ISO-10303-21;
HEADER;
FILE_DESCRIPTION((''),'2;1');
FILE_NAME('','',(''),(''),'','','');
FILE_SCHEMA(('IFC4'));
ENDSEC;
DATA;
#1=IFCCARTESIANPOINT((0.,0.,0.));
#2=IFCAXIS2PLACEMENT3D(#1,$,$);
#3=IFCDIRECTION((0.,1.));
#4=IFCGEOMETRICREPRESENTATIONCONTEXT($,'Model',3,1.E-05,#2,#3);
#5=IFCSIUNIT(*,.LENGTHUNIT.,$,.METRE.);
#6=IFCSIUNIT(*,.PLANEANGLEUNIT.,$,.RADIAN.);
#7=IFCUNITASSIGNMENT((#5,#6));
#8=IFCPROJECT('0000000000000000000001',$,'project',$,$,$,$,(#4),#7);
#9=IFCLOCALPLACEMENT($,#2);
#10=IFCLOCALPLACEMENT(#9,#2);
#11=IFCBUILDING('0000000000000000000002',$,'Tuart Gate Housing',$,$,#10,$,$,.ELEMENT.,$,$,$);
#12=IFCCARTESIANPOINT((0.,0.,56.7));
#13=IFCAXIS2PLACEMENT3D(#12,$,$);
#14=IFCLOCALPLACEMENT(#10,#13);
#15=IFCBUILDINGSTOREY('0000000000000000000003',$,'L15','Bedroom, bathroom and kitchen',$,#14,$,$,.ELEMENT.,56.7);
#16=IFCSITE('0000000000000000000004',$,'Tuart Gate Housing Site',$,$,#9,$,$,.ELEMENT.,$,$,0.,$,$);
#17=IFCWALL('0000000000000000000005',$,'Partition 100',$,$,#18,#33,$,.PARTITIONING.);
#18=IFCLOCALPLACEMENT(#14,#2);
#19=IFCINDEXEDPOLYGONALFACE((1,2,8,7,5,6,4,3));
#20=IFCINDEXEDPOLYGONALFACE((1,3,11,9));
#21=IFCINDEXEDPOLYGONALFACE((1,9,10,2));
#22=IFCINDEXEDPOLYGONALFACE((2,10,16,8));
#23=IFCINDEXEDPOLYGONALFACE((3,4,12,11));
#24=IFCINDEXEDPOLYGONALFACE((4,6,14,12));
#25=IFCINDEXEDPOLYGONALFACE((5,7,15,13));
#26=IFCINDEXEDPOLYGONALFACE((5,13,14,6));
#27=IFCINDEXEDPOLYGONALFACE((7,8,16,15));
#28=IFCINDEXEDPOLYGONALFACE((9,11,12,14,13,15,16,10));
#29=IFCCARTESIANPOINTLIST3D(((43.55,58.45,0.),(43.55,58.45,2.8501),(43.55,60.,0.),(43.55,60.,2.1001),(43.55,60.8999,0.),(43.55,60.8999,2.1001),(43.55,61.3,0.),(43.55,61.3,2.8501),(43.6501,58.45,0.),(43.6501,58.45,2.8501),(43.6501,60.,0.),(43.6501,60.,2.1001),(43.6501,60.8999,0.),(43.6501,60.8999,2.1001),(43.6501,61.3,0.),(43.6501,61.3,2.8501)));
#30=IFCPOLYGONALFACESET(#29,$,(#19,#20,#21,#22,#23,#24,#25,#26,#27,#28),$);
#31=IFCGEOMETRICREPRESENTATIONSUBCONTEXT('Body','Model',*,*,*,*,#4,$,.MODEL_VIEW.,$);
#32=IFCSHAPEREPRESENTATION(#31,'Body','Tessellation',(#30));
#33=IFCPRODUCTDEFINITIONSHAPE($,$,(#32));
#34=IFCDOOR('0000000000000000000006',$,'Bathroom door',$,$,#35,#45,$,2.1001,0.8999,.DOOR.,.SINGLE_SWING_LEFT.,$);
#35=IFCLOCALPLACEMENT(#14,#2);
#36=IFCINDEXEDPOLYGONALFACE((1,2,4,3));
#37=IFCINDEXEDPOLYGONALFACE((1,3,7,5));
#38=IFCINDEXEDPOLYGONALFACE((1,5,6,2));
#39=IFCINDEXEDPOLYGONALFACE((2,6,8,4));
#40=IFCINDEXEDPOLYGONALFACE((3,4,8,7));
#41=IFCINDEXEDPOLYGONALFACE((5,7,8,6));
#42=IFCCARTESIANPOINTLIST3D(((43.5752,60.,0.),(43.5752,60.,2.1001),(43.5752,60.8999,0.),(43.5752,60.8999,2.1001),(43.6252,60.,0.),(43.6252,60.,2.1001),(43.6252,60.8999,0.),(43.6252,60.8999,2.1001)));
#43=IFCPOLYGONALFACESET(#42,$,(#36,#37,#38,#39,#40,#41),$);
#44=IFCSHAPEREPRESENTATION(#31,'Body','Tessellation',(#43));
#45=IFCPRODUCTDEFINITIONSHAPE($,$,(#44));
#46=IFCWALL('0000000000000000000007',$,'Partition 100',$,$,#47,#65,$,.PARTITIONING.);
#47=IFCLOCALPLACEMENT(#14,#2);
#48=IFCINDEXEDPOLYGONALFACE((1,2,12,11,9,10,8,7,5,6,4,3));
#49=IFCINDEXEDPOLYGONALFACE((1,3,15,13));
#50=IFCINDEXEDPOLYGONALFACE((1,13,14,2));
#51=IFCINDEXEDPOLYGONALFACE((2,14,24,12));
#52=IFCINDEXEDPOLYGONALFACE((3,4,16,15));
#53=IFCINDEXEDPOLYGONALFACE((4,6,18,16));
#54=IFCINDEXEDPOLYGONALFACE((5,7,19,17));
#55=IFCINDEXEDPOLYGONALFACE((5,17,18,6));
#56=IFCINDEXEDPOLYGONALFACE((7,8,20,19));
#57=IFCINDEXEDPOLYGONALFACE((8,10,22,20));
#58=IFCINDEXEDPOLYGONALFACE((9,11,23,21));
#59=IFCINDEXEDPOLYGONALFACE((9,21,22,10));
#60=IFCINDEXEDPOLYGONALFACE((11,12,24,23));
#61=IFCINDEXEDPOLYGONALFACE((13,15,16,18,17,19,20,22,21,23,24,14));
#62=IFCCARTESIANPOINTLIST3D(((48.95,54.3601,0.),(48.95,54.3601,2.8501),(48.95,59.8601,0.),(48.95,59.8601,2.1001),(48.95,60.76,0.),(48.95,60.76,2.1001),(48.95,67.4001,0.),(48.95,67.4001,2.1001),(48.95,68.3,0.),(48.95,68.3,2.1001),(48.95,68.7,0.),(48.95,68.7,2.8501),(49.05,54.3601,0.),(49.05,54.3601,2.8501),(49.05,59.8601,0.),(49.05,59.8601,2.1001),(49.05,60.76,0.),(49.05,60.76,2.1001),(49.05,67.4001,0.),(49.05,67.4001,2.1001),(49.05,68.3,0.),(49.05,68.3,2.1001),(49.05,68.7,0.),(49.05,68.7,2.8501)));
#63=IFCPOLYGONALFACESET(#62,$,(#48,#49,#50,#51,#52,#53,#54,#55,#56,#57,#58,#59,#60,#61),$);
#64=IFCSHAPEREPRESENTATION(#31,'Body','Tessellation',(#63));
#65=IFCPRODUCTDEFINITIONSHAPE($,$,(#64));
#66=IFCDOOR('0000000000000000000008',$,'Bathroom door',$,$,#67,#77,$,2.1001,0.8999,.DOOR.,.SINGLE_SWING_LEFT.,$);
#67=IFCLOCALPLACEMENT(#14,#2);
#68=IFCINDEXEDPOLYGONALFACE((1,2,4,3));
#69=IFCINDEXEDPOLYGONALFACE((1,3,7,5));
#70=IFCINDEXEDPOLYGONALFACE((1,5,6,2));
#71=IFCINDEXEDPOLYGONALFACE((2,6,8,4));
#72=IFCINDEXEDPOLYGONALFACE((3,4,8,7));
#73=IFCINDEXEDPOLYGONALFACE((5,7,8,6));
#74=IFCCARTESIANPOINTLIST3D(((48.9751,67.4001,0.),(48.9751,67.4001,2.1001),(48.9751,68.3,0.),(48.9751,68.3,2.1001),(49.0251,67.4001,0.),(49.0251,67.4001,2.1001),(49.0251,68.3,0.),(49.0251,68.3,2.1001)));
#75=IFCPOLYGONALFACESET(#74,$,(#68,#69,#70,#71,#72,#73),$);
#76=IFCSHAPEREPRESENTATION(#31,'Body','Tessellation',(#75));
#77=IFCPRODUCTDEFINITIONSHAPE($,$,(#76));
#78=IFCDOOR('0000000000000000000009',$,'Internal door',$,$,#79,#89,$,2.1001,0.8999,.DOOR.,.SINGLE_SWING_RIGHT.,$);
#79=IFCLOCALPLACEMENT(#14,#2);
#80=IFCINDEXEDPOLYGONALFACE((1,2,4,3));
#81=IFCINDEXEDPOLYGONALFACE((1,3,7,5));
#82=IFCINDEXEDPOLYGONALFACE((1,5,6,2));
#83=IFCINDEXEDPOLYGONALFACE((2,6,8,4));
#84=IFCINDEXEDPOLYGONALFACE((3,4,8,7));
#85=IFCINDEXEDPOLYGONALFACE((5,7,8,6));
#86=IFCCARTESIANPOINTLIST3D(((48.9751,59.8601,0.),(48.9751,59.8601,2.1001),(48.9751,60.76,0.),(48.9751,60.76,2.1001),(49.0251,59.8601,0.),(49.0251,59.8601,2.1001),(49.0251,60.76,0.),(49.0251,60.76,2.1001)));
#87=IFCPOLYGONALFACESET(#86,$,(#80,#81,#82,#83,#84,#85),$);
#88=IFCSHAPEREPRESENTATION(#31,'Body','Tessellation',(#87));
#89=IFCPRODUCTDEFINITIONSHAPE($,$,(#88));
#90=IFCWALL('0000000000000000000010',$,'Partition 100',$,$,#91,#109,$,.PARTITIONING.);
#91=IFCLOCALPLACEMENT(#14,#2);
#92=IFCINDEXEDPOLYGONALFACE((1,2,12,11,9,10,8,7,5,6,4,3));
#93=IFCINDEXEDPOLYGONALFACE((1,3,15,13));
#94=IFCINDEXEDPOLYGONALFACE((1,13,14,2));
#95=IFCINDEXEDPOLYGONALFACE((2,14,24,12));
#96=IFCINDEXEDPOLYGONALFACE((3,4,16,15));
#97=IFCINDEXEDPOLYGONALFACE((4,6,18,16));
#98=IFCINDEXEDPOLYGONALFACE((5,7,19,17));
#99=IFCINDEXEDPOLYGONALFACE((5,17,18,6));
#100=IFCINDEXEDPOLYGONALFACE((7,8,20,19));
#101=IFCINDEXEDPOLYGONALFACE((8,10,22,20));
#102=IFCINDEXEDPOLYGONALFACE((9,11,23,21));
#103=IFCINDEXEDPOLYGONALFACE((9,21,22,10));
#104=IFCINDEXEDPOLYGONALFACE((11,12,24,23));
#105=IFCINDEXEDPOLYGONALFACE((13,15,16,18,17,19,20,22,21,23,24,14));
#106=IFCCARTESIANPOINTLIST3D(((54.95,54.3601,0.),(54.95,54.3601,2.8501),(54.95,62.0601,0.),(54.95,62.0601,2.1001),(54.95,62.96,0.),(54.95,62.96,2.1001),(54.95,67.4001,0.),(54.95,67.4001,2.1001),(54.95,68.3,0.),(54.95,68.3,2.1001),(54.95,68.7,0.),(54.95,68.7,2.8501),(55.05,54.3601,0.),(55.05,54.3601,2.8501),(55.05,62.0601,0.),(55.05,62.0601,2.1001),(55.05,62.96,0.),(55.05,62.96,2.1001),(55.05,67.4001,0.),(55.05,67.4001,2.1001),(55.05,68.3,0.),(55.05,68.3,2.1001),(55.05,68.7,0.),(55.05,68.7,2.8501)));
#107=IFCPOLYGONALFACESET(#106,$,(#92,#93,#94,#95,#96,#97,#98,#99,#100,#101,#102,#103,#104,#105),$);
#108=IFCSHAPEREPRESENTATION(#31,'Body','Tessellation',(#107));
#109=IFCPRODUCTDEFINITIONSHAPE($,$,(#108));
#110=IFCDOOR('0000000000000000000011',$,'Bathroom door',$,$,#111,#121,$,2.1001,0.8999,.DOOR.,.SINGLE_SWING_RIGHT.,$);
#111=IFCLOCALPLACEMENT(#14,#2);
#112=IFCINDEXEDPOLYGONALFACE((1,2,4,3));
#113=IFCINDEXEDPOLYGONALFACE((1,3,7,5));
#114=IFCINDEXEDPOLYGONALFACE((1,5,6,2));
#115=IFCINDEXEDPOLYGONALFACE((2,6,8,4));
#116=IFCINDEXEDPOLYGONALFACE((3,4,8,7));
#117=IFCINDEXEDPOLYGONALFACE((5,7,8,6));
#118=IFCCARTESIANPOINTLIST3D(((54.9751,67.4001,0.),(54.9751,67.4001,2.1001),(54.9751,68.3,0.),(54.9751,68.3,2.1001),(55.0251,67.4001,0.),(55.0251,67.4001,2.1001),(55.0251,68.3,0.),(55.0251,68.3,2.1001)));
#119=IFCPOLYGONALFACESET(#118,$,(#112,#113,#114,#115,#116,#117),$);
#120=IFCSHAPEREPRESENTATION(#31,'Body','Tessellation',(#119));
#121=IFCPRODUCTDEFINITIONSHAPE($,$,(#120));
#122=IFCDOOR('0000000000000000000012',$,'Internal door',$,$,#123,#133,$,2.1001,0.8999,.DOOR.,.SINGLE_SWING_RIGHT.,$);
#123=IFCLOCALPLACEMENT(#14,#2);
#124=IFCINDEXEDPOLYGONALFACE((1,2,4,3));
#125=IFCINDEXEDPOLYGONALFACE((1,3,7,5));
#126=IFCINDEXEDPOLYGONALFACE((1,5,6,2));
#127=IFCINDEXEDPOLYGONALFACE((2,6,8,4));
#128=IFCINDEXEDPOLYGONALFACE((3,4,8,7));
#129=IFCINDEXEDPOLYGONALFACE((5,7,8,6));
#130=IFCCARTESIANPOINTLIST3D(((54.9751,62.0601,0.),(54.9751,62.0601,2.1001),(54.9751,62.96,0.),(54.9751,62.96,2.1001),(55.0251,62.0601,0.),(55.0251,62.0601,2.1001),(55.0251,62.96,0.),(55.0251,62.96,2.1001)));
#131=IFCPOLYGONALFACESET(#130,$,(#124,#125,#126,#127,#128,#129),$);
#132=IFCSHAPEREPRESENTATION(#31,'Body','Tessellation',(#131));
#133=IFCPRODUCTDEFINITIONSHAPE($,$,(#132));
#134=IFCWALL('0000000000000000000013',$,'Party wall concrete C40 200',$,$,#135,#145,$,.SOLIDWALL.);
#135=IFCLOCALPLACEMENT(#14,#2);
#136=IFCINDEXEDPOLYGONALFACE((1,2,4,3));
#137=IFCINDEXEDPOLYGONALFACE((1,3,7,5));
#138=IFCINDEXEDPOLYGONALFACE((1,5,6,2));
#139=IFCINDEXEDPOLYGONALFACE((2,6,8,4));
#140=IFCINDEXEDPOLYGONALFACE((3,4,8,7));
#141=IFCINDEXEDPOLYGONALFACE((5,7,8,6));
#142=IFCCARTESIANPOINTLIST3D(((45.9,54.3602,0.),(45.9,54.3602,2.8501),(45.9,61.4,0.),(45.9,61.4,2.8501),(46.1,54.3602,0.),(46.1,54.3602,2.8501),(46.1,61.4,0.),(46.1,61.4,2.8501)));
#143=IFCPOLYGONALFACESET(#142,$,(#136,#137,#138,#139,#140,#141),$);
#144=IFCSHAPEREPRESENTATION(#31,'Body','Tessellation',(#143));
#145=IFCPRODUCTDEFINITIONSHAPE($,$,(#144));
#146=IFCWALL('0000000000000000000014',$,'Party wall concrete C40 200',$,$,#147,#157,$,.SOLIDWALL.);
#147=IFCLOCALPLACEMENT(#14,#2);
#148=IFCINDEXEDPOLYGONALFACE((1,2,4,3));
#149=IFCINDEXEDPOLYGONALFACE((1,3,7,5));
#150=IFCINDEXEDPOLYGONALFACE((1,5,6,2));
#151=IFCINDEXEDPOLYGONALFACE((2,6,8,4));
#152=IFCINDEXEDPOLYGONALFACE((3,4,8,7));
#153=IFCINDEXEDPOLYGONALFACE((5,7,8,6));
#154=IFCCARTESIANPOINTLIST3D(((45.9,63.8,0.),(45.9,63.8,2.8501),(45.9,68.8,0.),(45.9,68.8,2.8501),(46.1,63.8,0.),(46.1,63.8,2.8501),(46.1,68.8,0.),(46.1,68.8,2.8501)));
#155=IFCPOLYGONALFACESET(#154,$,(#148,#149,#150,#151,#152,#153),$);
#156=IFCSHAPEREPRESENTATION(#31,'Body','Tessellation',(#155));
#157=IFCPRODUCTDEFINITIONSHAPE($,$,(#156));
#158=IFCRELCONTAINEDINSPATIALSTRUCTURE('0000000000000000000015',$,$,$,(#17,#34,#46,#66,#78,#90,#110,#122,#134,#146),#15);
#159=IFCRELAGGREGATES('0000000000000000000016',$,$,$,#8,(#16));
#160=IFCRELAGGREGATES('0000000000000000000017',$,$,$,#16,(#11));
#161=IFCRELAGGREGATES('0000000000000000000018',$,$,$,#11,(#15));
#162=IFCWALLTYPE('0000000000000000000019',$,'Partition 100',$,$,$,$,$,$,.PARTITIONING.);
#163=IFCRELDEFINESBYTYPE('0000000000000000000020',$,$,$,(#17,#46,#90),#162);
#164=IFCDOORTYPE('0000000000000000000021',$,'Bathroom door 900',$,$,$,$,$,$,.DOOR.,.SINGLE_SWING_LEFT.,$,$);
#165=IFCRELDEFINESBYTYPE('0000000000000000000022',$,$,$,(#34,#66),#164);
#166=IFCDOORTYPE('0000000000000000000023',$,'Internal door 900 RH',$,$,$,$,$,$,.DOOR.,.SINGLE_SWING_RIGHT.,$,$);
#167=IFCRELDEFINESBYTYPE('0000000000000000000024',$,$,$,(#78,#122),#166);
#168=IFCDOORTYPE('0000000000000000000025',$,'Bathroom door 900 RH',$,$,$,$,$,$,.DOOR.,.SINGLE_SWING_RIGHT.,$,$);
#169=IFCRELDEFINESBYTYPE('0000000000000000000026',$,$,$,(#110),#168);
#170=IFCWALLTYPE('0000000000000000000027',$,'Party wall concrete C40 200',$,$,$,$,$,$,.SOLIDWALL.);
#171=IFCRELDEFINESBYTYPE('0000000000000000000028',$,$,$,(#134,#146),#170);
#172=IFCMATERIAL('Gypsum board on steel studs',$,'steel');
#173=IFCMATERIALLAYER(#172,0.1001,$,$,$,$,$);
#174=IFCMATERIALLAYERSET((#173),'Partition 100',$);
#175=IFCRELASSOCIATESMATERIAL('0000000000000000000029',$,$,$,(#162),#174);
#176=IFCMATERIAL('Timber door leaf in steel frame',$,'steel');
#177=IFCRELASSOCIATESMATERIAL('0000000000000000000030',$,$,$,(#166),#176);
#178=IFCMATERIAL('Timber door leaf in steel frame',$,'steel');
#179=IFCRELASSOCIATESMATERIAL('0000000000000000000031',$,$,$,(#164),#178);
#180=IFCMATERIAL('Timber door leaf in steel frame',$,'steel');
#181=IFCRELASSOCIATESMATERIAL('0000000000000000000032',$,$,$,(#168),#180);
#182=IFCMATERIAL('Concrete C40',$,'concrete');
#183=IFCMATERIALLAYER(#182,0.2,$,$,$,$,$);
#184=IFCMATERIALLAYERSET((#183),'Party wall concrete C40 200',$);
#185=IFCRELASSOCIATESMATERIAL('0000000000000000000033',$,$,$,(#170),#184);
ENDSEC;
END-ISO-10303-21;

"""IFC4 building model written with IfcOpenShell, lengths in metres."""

from ifc_helpers import new_model, si_unit, direction, frame, frame_2d, origin, place, context, subcontext, project, spatial, rectangle, extrude, material, layer, layer_set, type_object, element, fill, save


model = new_model("IFC4")

# Units and contexts
model_context = context("Model", 3, precision=1e-05, world=origin(), true_north=direction((0.0, 1.0)))
body_context = subcontext(model_context, "Body", "Model", "MODEL_VIEW")
ifc_project = project(units=[si_unit("LENGTHUNIT", "METRE"), si_unit("PLANEANGLEUNIT", "RADIAN")], contexts=[model_context])

# Site, building, storey
site_placement = place(None, origin())
site = spatial("IfcSite", under=ifc_project, at=site_placement, Name="Tuart Gate Housing Site", CompositionType="ELEMENT", RefElevation=0.0)
building_placement = place(site_placement, origin())
building = spatial("IfcBuilding", under=site, at=building_placement, Name="Tuart Gate Housing", CompositionType="ELEMENT")
storey_placement = place(building_placement, frame((0.0, 0.0, 56.7)))
storey = spatial("IfcBuildingStorey", under=building, at=storey_placement, Name="L15", Description="Bedroom, bathroom and kitchen", CompositionType="ELEMENT", Elevation=56.7)

# Shared definitions
ifc_material_1 = material(Name="Gypsum board on steel studs", Category="steel")
ifc_layer_1 = layer(ifc_material_1, 0.1001)
ifc_layer_set_1 = layer_set([ifc_layer_1], Name="Partition 100")
wall_type_1 = type_object("IfcWallType", Name="Partition 100", PredefinedType="PARTITIONING", material=ifc_layer_set_1)
ifc_material_2 = material(Name="Timber door leaf in steel frame", Category="steel")
door_type_1 = type_object("IfcDoorType", Name="Internal door 900 RH", OperationType="SINGLE_SWING_RIGHT", PredefinedType="DOOR", material=ifc_material_2)

# Wall, opening, door
wall_1_placement = place(storey_placement, frame((43.6001, 58.45, 0.0), z_axis=(0.0, 0.0, 1.0), x_axis=(0.0, 1.0, 0.0)))
wall_1 = element("IfcWall", 1, at=wall_1_placement, inside=storey, type_object=wall_type_1, Name="Partition 100", PredefinedType="PARTITIONING", context=body_context, shape_type="SweptSolid", body=[
    extrude(rectangle(XDim=2.8501, YDim=0.1001, at=frame_2d((1.425, 0.0))), origin(), (0.0, 0.0, 1.0), 2.8501),
])
opening_1_placement = place(wall_1_placement, frame((1.55, 0.0, 0.0)))
opening_1 = element("IfcOpeningElement", 2, at=opening_1_placement, cuts=wall_1, PredefinedType="OPENING", context=body_context, shape_type="SweptSolid", body=[
    extrude(rectangle(XDim=0.8999, YDim=2.1001, at=frame_2d((0.45, 1.05))), frame((0.0, 0.0601, 0.0), z_axis=(0.0, -1.0, 0.0), x_axis=(1.0, 0.0, 0.0)), (0.0, 0.0, 1.0), 0.1201),
])
ifc_material_3 = material(Name="Timber door leaf in steel frame", Category="steel")
door_type_2 = type_object("IfcDoorType", Name="Bathroom door 900", OperationType="SINGLE_SWING_LEFT", PredefinedType="DOOR", material=ifc_material_3)
door_1_placement = place(opening_1_placement, frame((0.8999, 0.0, 0.0), z_axis=(0.0, 0.0, 1.0), x_axis=(-1.0, 0.0, 0.0)))
door_1 = element("IfcDoor", 3, at=door_1_placement, inside=storey, type_object=door_type_2, Name="Bathroom door", OperationType="SINGLE_SWING_LEFT", OverallHeight=2.1001, OverallWidth=0.8999, PredefinedType="DOOR", context=body_context, shape_type="SweptSolid", body=[
    extrude(rectangle(XDim=0.8999, YDim=2.1001, at=frame_2d((0.45, 1.05))), frame((0.0, 0.0251, 0.0), z_axis=(0.0, -1.0, 0.0), x_axis=(1.0, 0.0, 0.0)), (0.0, 0.0, 1.0), 0.05),
])
fill(opening_1, door_1)

# Walls, openings, doors
wall_2_placement = place(storey_placement, frame((49.0, 54.3601, 0.0), z_axis=(0.0, 0.0, 1.0), x_axis=(0.0, 1.0, 0.0)))
wall_2 = element("IfcWall", 4, at=wall_2_placement, inside=storey, type_object=wall_type_1, Name="Partition 100", PredefinedType="PARTITIONING", context=body_context, shape_type="SweptSolid", body=[
    extrude(rectangle(XDim=14.3398, YDim=0.1001, at=frame_2d((7.1699, 0.0))), origin(), (0.0, 0.0, 1.0), 2.8501),
])
opening_2_placement = place(wall_2_placement, frame((5.5, 0.0, 0.0)))
opening_2 = element("IfcOpeningElement", 5, at=opening_2_placement, cuts=wall_2, PredefinedType="OPENING", context=body_context, shape_type="SweptSolid", body=[
    extrude(rectangle(XDim=0.8999, YDim=2.1001, at=frame_2d((0.45, 1.05))), frame((0.0, 0.0601, 0.0), z_axis=(0.0, -1.0, 0.0), x_axis=(1.0, 0.0, 0.0)), (0.0, 0.0, 1.0), 0.1201),
])
opening_3_placement = place(wall_2_placement, frame((13.04, 0.0, 0.0)))
opening_3 = element("IfcOpeningElement", 6, at=opening_3_placement, cuts=wall_2, PredefinedType="OPENING", context=body_context, shape_type="SweptSolid", body=[
    extrude(rectangle(XDim=0.8999, YDim=2.1001, at=frame_2d((0.45, 1.05))), frame((0.0, 0.0601, 0.0), z_axis=(0.0, -1.0, 0.0), x_axis=(1.0, 0.0, 0.0)), (0.0, 0.0, 1.0), 0.1201),
])
door_2_placement = place(opening_3_placement, frame((0.8999, 0.0, 0.0), z_axis=(0.0, 0.0, 1.0), x_axis=(-1.0, 0.0, 0.0)))
door_2 = element("IfcDoor", 7, at=door_2_placement, inside=storey, type_object=door_type_2, Name="Bathroom door", OperationType="SINGLE_SWING_LEFT", OverallHeight=2.1001, OverallWidth=0.8999, PredefinedType="DOOR", context=body_context, shape_type="SweptSolid", body=[
    extrude(rectangle(XDim=0.8999, YDim=2.1001, at=frame_2d((0.45, 1.05))), frame((0.0, 0.0251, 0.0), z_axis=(0.0, -1.0, 0.0), x_axis=(1.0, 0.0, 0.0)), (0.0, 0.0, 1.0), 0.05),
])
fill(opening_3, door_2)
door_3_placement = place(opening_2_placement, frame((0.8999, 0.0, 0.0), z_axis=(0.0, 0.0, 1.0), x_axis=(-1.0, 0.0, 0.0)))
door_3 = element("IfcDoor", 8, at=door_3_placement, inside=storey, type_object=door_type_1, Name="Internal door", OperationType="SINGLE_SWING_RIGHT", OverallHeight=2.1001, OverallWidth=0.8999, PredefinedType="DOOR", context=body_context, shape_type="SweptSolid", body=[
    extrude(rectangle(XDim=0.8999, YDim=2.1001, at=frame_2d((0.45, 1.05))), frame((0.0, 0.0251, 0.0), z_axis=(0.0, -1.0, 0.0), x_axis=(1.0, 0.0, 0.0)), (0.0, 0.0, 1.0), 0.05),
])
fill(opening_2, door_3)
wall_3_placement = place(storey_placement, frame((55.0, 54.3601, 0.0), z_axis=(0.0, 0.0, 1.0), x_axis=(0.0, 1.0, 0.0)))
wall_3 = element("IfcWall", 9, at=wall_3_placement, inside=storey, type_object=wall_type_1, Name="Partition 100", PredefinedType="PARTITIONING", context=body_context, shape_type="SweptSolid", body=[
    extrude(rectangle(XDim=14.3398, YDim=0.1001, at=frame_2d((7.1699, 0.0))), origin(), (0.0, 0.0, 1.0), 2.8501),
])
opening_4_placement = place(wall_3_placement, frame((7.7, 0.0, 0.0)))
opening_4 = element("IfcOpeningElement", 10, at=opening_4_placement, cuts=wall_3, PredefinedType="OPENING", context=body_context, shape_type="SweptSolid", body=[
    extrude(rectangle(XDim=0.8999, YDim=2.1001, at=frame_2d((0.45, 1.05))), frame((0.0, 0.0601, 0.0), z_axis=(0.0, -1.0, 0.0), x_axis=(1.0, 0.0, 0.0)), (0.0, 0.0, 1.0), 0.1201),
])
opening_5_placement = place(wall_3_placement, frame((13.04, 0.0, 0.0)))
opening_5 = element("IfcOpeningElement", 11, at=opening_5_placement, cuts=wall_3, PredefinedType="OPENING", context=body_context, shape_type="SweptSolid", body=[
    extrude(rectangle(XDim=0.8999, YDim=2.1001, at=frame_2d((0.45, 1.05))), frame((0.0, 0.0601, 0.0), z_axis=(0.0, -1.0, 0.0), x_axis=(1.0, 0.0, 0.0)), (0.0, 0.0, 1.0), 0.1201),
])
ifc_material_4 = material(Name="Timber door leaf in steel frame", Category="steel")
door_type_3 = type_object("IfcDoorType", Name="Bathroom door 900 RH", OperationType="SINGLE_SWING_RIGHT", PredefinedType="DOOR", material=ifc_material_4)
door_4_placement = place(opening_5_placement, origin())
door_4 = element("IfcDoor", 12, at=door_4_placement, inside=storey, type_object=door_type_3, Name="Bathroom door", OperationType="SINGLE_SWING_RIGHT", OverallHeight=2.1001, OverallWidth=0.8999, PredefinedType="DOOR", context=body_context, shape_type="SweptSolid", body=[
    extrude(rectangle(XDim=0.8999, YDim=2.1001, at=frame_2d((0.45, 1.05))), frame((0.0, 0.0249, 0.0), z_axis=(0.0, -1.0, 0.0), x_axis=(1.0, 0.0, 0.0)), (0.0, 0.0, 1.0), 0.05),
])
fill(opening_5, door_4)
door_5_placement = place(opening_4_placement, origin())
door_5 = element("IfcDoor", 13, at=door_5_placement, inside=storey, type_object=door_type_1, Name="Internal door", OperationType="SINGLE_SWING_RIGHT", OverallHeight=2.1001, OverallWidth=0.8999, PredefinedType="DOOR", context=body_context, shape_type="SweptSolid", body=[
    extrude(rectangle(XDim=0.8999, YDim=2.1001, at=frame_2d((0.45, 1.05))), frame((0.0, 0.0249, 0.0), z_axis=(0.0, -1.0, 0.0), x_axis=(1.0, 0.0, 0.0)), (0.0, 0.0, 1.0), 0.05),
])
fill(opening_4, door_5)

# Walls
ifc_material_5 = material(Name="Concrete C40", Category="concrete")
ifc_layer_2 = layer(ifc_material_5, 0.2)
ifc_layer_set_2 = layer_set([ifc_layer_2], Name="Party wall concrete C40 200")
wall_type_2 = type_object("IfcWallType", Name="Party wall concrete C40 200", PredefinedType="SOLIDWALL", material=ifc_layer_set_2)
wall_4_placement = place(storey_placement, frame((46.0, 54.3601, 0.0), z_axis=(0.0, 0.0, 1.0), x_axis=(0.0, 1.0, 0.0)))
element("IfcWall", 14, at=wall_4_placement, inside=storey, type_object=wall_type_2, Name="Party wall concrete C40 200", PredefinedType="SOLIDWALL", context=body_context, shape_type="SweptSolid", body=[
    extrude(rectangle(XDim=7.0398, YDim=0.2, at=frame_2d((3.52, 0.0))), origin(), (0.0, 0.0, 1.0), 2.8501),
])
wall_5_placement = place(storey_placement, frame((46.0, 63.8, 0.0), z_axis=(0.0, 0.0, 1.0), x_axis=(0.0, 1.0, 0.0)))
element("IfcWall", 15, at=wall_5_placement, inside=storey, type_object=wall_type_2, Name="Party wall concrete C40 200", PredefinedType="SOLIDWALL", context=body_context, shape_type="SweptSolid", body=[
    extrude(rectangle(XDim=5.0, YDim=0.2, at=frame_2d((2.5, 0.0))), origin(), (0.0, 0.0, 1.0), 2.8501),
])

save(model, "model.ifc")
